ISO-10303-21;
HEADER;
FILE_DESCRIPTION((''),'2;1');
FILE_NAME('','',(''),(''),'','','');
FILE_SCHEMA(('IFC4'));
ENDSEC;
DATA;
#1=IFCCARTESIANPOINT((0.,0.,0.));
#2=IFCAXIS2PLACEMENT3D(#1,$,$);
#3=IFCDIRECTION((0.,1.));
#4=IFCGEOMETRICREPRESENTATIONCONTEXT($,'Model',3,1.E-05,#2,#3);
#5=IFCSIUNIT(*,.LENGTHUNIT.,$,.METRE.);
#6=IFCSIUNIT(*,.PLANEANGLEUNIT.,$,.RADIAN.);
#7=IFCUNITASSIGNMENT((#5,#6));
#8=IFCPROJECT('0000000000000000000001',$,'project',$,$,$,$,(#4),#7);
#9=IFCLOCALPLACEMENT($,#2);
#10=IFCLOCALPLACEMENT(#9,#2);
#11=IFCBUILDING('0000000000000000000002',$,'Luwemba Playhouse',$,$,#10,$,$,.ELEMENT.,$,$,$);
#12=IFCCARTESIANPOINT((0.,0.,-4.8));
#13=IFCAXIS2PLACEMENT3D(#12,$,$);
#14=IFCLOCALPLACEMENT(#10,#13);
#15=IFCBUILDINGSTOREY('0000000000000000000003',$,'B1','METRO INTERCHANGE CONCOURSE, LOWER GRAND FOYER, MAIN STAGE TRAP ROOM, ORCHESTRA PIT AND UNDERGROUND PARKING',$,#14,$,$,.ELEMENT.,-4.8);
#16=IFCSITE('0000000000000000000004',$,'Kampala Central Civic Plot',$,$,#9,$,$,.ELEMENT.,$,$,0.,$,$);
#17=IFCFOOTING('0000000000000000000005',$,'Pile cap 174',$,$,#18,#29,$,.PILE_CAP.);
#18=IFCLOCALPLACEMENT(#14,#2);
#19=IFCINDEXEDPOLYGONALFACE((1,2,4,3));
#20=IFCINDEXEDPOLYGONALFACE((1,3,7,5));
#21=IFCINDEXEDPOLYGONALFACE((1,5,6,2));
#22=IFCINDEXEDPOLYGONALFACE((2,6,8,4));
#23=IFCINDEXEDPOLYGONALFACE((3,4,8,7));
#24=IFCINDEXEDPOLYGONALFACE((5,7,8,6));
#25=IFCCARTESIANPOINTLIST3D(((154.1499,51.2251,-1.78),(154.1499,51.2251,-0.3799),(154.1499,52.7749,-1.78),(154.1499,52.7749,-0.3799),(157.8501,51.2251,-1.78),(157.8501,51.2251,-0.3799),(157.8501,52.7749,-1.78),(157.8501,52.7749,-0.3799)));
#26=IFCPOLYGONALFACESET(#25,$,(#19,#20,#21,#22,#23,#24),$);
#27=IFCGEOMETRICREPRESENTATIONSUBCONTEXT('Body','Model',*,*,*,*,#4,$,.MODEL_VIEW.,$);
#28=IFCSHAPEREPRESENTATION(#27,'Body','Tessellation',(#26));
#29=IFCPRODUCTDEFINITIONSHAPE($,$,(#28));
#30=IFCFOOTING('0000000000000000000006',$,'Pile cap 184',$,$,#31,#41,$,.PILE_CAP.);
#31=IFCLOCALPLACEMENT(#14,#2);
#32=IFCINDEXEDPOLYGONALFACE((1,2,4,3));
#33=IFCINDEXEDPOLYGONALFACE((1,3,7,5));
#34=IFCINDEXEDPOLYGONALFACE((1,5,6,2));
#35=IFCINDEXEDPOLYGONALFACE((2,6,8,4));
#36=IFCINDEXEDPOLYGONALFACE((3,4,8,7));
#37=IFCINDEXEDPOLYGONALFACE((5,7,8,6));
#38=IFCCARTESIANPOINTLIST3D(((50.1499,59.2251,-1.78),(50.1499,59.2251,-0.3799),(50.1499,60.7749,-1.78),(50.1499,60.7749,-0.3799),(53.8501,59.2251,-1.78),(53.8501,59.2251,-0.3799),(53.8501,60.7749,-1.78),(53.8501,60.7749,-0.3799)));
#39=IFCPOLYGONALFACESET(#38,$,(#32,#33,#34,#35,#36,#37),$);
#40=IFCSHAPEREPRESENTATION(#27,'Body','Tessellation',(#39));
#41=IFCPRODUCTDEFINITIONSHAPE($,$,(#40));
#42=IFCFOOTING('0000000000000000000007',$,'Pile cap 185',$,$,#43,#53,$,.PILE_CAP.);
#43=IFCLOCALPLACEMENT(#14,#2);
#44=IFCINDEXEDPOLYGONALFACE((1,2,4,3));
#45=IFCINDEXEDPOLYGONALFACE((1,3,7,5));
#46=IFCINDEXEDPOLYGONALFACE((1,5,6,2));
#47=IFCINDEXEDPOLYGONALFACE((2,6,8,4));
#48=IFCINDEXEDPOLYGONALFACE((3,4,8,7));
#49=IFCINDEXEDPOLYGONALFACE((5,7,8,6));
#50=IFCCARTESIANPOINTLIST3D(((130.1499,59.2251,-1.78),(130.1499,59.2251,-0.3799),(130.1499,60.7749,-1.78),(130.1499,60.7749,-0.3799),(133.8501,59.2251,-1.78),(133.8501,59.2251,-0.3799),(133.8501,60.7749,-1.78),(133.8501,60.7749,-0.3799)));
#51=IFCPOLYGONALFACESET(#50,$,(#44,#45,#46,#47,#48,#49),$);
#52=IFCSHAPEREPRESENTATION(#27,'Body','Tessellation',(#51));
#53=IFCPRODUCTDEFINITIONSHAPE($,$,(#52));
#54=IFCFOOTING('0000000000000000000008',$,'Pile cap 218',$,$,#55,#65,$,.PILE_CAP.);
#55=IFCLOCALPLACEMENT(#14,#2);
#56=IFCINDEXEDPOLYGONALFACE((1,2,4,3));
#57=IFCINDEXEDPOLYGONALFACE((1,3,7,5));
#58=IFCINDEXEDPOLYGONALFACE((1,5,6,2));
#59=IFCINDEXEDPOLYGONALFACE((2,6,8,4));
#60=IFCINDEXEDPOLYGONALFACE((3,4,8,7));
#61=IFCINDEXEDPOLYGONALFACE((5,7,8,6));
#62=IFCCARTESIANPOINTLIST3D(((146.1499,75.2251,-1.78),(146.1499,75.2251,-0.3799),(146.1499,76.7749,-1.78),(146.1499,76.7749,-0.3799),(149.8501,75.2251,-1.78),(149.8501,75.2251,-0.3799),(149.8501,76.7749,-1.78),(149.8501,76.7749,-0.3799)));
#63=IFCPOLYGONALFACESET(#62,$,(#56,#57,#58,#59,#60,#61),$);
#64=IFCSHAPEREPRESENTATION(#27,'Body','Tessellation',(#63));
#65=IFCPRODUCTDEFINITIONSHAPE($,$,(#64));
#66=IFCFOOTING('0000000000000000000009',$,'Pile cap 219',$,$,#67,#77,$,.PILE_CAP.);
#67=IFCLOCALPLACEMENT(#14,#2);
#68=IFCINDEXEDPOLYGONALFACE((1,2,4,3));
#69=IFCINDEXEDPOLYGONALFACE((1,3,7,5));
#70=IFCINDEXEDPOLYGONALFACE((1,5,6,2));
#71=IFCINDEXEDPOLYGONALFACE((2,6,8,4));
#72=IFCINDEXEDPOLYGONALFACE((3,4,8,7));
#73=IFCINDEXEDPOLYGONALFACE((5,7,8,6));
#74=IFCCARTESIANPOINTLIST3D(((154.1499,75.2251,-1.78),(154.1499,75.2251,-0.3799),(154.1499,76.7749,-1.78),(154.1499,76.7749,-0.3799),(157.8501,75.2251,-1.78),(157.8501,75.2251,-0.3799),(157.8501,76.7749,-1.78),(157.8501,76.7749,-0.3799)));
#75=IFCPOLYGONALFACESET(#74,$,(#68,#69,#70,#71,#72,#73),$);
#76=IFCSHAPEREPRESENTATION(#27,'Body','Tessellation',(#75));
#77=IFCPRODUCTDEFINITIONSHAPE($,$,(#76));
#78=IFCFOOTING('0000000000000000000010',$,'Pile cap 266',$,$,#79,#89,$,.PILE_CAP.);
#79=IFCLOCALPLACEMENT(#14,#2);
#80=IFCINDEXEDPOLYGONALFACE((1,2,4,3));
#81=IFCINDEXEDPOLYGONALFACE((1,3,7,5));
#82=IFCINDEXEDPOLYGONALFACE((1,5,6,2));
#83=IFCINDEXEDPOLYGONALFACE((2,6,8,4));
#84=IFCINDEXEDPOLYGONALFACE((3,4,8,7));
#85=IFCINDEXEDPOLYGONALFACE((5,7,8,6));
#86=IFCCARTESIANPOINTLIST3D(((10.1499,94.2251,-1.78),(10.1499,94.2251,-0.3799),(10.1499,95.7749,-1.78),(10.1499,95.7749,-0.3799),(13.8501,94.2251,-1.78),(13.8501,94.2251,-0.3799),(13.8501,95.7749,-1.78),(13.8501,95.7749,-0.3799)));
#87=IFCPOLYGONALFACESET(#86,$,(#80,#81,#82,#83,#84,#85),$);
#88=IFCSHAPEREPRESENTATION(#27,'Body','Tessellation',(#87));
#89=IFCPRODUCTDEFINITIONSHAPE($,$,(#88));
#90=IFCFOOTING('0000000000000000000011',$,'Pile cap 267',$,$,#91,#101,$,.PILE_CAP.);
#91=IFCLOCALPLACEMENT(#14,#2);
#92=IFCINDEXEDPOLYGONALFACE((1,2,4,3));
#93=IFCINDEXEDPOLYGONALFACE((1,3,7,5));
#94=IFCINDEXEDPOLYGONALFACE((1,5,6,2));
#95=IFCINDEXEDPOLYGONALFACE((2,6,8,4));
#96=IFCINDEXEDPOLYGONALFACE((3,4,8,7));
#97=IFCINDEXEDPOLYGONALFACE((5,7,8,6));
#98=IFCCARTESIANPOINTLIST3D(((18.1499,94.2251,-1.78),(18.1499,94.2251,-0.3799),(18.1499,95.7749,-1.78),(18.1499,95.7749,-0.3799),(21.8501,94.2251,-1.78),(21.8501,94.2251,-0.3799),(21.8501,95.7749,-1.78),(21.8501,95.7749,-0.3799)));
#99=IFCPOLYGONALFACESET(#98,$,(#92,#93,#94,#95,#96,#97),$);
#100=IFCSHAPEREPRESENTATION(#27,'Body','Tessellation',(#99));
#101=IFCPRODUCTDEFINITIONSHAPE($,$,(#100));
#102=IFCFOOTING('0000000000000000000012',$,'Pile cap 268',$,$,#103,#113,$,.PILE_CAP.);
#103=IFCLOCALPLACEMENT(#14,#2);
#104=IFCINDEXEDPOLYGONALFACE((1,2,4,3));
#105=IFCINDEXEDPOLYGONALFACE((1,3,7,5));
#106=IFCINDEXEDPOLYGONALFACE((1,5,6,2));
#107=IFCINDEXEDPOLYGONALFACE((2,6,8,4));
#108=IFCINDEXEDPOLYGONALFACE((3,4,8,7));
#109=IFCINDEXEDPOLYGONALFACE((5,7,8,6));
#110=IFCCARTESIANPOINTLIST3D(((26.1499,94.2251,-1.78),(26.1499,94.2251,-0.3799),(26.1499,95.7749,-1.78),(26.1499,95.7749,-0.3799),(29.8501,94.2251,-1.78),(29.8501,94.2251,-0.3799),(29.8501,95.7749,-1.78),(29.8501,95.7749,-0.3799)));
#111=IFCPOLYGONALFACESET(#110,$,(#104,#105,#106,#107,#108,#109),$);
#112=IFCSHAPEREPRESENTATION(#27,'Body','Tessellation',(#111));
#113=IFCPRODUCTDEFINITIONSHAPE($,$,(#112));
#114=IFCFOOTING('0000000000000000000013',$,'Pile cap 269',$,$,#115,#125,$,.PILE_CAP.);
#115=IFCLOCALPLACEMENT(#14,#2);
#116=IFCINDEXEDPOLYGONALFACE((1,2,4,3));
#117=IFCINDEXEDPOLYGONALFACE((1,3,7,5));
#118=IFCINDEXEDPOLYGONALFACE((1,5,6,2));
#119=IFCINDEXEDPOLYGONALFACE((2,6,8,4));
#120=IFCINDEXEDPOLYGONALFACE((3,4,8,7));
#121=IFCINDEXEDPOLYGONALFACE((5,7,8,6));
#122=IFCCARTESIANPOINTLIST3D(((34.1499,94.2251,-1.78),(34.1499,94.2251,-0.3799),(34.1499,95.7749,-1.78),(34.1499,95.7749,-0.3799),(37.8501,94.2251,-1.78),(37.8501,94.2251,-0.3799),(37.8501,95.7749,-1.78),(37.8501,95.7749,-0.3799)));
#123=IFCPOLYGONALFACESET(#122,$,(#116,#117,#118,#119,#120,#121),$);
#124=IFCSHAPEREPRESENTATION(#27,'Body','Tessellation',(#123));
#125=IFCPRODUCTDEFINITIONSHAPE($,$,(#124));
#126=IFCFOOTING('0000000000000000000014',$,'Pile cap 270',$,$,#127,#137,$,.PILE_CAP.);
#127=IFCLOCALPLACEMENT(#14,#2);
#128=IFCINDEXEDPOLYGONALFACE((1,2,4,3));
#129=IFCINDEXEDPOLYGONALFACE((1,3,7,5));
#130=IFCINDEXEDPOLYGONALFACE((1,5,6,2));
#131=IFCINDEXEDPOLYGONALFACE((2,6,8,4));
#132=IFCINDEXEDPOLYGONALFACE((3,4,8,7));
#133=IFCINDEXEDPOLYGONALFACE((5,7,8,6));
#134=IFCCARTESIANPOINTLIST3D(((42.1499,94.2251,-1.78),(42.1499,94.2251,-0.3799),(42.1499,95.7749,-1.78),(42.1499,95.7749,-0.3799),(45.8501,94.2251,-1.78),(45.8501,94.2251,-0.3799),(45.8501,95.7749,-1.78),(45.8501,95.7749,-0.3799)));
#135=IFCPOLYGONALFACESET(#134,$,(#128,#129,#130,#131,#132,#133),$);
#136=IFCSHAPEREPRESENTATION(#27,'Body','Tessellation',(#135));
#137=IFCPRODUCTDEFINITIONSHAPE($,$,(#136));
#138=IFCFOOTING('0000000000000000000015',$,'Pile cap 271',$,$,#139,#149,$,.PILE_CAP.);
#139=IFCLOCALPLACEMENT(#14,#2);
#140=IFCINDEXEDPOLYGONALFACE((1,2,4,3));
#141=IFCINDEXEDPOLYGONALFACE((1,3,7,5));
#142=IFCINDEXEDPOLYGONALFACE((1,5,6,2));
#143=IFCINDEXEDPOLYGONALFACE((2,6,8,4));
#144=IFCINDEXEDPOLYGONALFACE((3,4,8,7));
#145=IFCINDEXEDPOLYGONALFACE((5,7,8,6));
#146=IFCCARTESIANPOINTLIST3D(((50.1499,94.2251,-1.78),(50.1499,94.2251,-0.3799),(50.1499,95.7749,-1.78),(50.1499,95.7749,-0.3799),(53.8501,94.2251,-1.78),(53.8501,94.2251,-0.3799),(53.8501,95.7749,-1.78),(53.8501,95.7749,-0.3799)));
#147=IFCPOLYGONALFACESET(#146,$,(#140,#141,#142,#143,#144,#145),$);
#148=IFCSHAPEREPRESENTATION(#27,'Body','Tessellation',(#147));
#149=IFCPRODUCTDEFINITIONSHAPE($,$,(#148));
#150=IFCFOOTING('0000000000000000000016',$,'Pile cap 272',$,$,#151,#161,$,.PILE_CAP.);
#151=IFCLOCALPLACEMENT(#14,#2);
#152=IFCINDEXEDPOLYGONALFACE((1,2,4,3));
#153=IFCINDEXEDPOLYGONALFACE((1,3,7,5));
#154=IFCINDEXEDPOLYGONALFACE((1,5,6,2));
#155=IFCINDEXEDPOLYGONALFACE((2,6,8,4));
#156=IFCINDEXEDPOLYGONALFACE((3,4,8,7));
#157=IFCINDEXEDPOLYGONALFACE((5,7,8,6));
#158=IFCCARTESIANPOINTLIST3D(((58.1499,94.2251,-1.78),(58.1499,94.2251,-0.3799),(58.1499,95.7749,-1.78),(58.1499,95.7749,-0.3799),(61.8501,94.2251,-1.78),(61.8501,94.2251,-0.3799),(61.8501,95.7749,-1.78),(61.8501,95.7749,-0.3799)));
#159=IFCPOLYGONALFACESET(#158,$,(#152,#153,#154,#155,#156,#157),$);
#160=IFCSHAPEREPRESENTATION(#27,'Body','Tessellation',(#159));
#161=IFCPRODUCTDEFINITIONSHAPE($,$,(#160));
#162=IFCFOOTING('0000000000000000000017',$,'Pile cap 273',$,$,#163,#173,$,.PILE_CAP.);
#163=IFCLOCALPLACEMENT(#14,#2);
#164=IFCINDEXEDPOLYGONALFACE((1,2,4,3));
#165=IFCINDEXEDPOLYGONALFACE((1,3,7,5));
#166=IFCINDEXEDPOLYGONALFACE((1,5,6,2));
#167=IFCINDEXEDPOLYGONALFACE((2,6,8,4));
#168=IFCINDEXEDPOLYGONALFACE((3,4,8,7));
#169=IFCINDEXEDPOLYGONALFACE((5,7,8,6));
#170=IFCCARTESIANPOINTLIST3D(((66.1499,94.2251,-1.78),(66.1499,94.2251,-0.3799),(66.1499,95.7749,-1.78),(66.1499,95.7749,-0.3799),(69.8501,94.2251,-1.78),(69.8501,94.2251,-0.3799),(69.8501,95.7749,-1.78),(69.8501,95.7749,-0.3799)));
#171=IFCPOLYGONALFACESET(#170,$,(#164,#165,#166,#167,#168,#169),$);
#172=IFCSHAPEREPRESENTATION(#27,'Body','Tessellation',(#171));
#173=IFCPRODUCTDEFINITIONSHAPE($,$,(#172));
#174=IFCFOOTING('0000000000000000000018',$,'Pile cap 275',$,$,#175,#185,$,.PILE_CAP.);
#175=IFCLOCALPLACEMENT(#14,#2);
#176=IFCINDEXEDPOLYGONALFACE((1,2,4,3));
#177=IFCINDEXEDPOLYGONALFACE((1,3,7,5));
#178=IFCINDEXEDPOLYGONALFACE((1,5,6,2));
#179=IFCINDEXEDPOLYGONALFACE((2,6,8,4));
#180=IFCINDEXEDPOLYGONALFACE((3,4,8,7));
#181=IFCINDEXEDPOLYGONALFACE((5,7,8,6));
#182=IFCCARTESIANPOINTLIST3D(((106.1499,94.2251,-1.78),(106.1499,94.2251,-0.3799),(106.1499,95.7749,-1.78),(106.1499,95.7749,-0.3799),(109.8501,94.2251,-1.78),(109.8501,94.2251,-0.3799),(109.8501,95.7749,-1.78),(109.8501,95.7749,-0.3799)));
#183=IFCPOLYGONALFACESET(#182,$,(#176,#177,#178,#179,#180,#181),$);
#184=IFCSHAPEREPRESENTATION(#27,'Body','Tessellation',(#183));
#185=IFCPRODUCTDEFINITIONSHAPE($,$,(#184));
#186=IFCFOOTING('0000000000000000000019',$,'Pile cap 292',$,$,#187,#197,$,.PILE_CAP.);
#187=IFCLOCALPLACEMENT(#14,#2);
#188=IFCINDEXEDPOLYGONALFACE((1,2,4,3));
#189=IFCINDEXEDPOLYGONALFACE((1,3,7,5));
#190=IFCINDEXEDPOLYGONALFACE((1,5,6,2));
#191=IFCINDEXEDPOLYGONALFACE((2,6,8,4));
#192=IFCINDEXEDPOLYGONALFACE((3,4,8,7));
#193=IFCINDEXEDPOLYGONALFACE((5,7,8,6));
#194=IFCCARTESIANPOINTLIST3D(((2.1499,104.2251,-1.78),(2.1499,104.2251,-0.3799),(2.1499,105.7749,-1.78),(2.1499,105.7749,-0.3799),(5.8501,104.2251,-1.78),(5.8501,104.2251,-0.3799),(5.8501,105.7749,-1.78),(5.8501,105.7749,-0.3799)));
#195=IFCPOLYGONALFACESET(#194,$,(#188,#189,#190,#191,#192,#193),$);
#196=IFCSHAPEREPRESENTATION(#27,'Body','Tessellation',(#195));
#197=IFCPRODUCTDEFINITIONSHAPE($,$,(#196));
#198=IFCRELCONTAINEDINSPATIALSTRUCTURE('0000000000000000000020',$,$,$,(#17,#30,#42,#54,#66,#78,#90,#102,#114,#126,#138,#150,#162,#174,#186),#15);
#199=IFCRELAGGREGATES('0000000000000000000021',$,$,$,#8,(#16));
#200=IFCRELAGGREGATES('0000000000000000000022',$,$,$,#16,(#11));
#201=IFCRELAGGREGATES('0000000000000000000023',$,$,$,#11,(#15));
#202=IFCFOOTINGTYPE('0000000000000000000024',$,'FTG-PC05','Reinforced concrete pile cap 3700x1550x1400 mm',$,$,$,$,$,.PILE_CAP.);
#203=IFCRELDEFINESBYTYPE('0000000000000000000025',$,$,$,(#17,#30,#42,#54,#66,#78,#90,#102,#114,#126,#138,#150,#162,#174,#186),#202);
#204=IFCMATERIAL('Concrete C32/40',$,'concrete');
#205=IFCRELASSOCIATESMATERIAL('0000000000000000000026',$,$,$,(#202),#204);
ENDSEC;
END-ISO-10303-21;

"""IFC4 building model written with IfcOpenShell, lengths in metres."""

from ifc_helpers import new_model, si_unit, direction, frame, origin, place, context, subcontext, project, spatial, polyline, outline, extrude, material, type_object, element, save


model = new_model("IFC4")

# Units and contexts
model_context = context("Model", 3, precision=1e-05, world=origin(), true_north=direction((0.0, 1.0)))
body_context = subcontext(model_context, "Body", "Model", "MODEL_VIEW")
ifc_project = project(units=[si_unit("LENGTHUNIT", "METRE"), si_unit("PLANEANGLEUNIT", "RADIAN")], contexts=[model_context])

# Site, building, storey
site_placement = place(None, origin())
site = spatial("IfcSite", under=ifc_project, at=site_placement, Name="Kampala Central Civic Plot", CompositionType="ELEMENT", RefElevation=0.0)
building_placement = place(site_placement, origin())
building = spatial("IfcBuilding", under=site, at=building_placement, Name="Luwemba Playhouse", CompositionType="ELEMENT")
storey_placement = place(building_placement, frame((0.0, 0.0, -4.8)))
storey = spatial("IfcBuildingStorey", under=building, at=storey_placement, Name="B1", Description="METRO INTERCHANGE CONCOURSE, LOWER GRAND FOYER, MAIN STAGE TRAP ROOM, ORCHESTRA PIT AND UNDERGROUND PARKING", CompositionType="ELEMENT", Elevation=-4.8)

# Footings
ifc_material = material(Name="Concrete C32/40", Category="concrete")
footing_type_1 = type_object("IfcFootingType", Name="FTG-PC05", Description="Reinforced concrete pile cap 3700x1550x1400 mm", PredefinedType="PILE_CAP", material=ifc_material)
footing_1_placement = place(storey_placement, frame((0.0, 0.0, -1.78)))
element("IfcFooting", 1, at=footing_1_placement, inside=storey, type_object=footing_type_1, Name="Pile cap 174", PredefinedType="PILE_CAP", context=body_context, shape_type="SweptSolid", body=[
    extrude(outline(polyline([(154.1499, 51.2251), (157.8501, 51.2251), (157.8501, 52.7749), (154.1499, 52.7749), (154.1499, 51.2251)])), origin(), (0.0, 0.0, 1.0), 1.4001),
])
footing_2_placement = place(storey_placement, frame((0.0, 0.0, -1.78)))
element("IfcFooting", 2, at=footing_2_placement, inside=storey, type_object=footing_type_1, Name="Pile cap 184", PredefinedType="PILE_CAP", context=body_context, shape_type="SweptSolid", body=[
    extrude(outline(polyline([(50.1499, 59.2251), (53.8501, 59.2251), (53.8501, 60.7749), (50.1499, 60.7749), (50.1499, 59.2251)])), origin(), (0.0, 0.0, 1.0), 1.4001),
])
footing_3_placement = place(storey_placement, frame((0.0, 0.0, -1.78)))
element("IfcFooting", 3, at=footing_3_placement, inside=storey, type_object=footing_type_1, Name="Pile cap 185", PredefinedType="PILE_CAP", context=body_context, shape_type="SweptSolid", body=[
    extrude(outline(polyline([(130.1499, 59.2251), (133.8501, 59.2251), (133.8501, 60.7749), (130.1499, 60.7749), (130.1499, 59.2251)])), origin(), (0.0, 0.0, 1.0), 1.4001),
])
footing_4_placement = place(storey_placement, frame((0.0, 0.0, -1.78)))
element("IfcFooting", 4, at=footing_4_placement, inside=storey, type_object=footing_type_1, Name="Pile cap 218", PredefinedType="PILE_CAP", context=body_context, shape_type="SweptSolid", body=[
    extrude(outline(polyline([(146.1499, 75.2251), (149.8501, 75.2251), (149.8501, 76.7749), (146.1499, 76.7749), (146.1499, 75.2251)])), origin(), (0.0, 0.0, 1.0), 1.4001),
])
footing_5_placement = place(storey_placement, frame((0.0, 0.0, -1.78)))
element("IfcFooting", 5, at=footing_5_placement, inside=storey, type_object=footing_type_1, Name="Pile cap 219", PredefinedType="PILE_CAP", context=body_context, shape_type="SweptSolid", body=[
    extrude(outline(polyline([(154.1499, 75.2251), (157.8501, 75.2251), (157.8501, 76.7749), (154.1499, 76.7749), (154.1499, 75.2251)])), origin(), (0.0, 0.0, 1.0), 1.4001),
])
footing_6_placement = place(storey_placement, frame((0.0, 0.0, -1.78)))
element("IfcFooting", 6, at=footing_6_placement, inside=storey, type_object=footing_type_1, Name="Pile cap 266", PredefinedType="PILE_CAP", context=body_context, shape_type="SweptSolid", body=[
    extrude(outline(polyline([(10.1499, 94.2251), (13.8501, 94.2251), (13.8501, 95.7749), (10.1499, 95.7749), (10.1499, 94.2251)])), origin(), (0.0, 0.0, 1.0), 1.4001),
])
footing_7_placement = place(storey_placement, frame((0.0, 0.0, -1.78)))
element("IfcFooting", 7, at=footing_7_placement, inside=storey, type_object=footing_type_1, Name="Pile cap 267", PredefinedType="PILE_CAP", context=body_context, shape_type="SweptSolid", body=[
    extrude(outline(polyline([(18.1499, 94.2251), (21.8501, 94.2251), (21.8501, 95.7749), (18.1499, 95.7749), (18.1499, 94.2251)])), origin(), (0.0, 0.0, 1.0), 1.4001),
])
footing_8_placement = place(storey_placement, frame((0.0, 0.0, -1.78)))
element("IfcFooting", 8, at=footing_8_placement, inside=storey, type_object=footing_type_1, Name="Pile cap 268", PredefinedType="PILE_CAP", context=body_context, shape_type="SweptSolid", body=[
    extrude(outline(polyline([(26.1499, 94.2251), (29.8501, 94.2251), (29.8501, 95.7749), (26.1499, 95.7749), (26.1499, 94.2251)])), origin(), (0.0, 0.0, 1.0), 1.4001),
])
footing_9_placement = place(storey_placement, frame((0.0, 0.0, -1.78)))
element("IfcFooting", 9, at=footing_9_placement, inside=storey, type_object=footing_type_1, Name="Pile cap 269", PredefinedType="PILE_CAP", context=body_context, shape_type="SweptSolid", body=[
    extrude(outline(polyline([(34.1499, 94.2251), (37.8501, 94.2251), (37.8501, 95.7749), (34.1499, 95.7749), (34.1499, 94.2251)])), origin(), (0.0, 0.0, 1.0), 1.4001),
])
footing_10_placement = place(storey_placement, frame((0.0, 0.0, -1.78)))
element("IfcFooting", 10, at=footing_10_placement, inside=storey, type_object=footing_type_1, Name="Pile cap 270", PredefinedType="PILE_CAP", context=body_context, shape_type="SweptSolid", body=[
    extrude(outline(polyline([(42.1499, 94.2251), (45.8501, 94.2251), (45.8501, 95.7749), (42.1499, 95.7749), (42.1499, 94.2251)])), origin(), (0.0, 0.0, 1.0), 1.4001),
])
footing_11_placement = place(storey_placement, frame((0.0, 0.0, -1.78)))
element("IfcFooting", 11, at=footing_11_placement, inside=storey, type_object=footing_type_1, Name="Pile cap 271", PredefinedType="PILE_CAP", context=body_context, shape_type="SweptSolid", body=[
    extrude(outline(polyline([(50.1499, 94.2251), (53.8501, 94.2251), (53.8501, 95.7749), (50.1499, 95.7749), (50.1499, 94.2251)])), origin(), (0.0, 0.0, 1.0), 1.4001),
])
footing_12_placement = place(storey_placement, frame((0.0, 0.0, -1.78)))
element("IfcFooting", 12, at=footing_12_placement, inside=storey, type_object=footing_type_1, Name="Pile cap 272", PredefinedType="PILE_CAP", context=body_context, shape_type="SweptSolid", body=[
    extrude(outline(polyline([(58.1499, 94.2251), (61.8501, 94.2251), (61.8501, 95.7749), (58.1499, 95.7749), (58.1499, 94.2251)])), origin(), (0.0, 0.0, 1.0), 1.4001),
])
footing_13_placement = place(storey_placement, frame((0.0, 0.0, -1.78)))
element("IfcFooting", 13, at=footing_13_placement, inside=storey, type_object=footing_type_1, Name="Pile cap 273", PredefinedType="PILE_CAP", context=body_context, shape_type="SweptSolid", body=[
    extrude(outline(polyline([(66.1499, 94.2251), (69.8501, 94.2251), (69.8501, 95.7749), (66.1499, 95.7749), (66.1499, 94.2251)])), origin(), (0.0, 0.0, 1.0), 1.4001),
])
footing_14_placement = place(storey_placement, frame((0.0, 0.0, -1.78)))
element("IfcFooting", 14, at=footing_14_placement, inside=storey, type_object=footing_type_1, Name="Pile cap 275", PredefinedType="PILE_CAP", context=body_context, shape_type="SweptSolid", body=[
    extrude(outline(polyline([(106.1499, 94.2251), (109.8501, 94.2251), (109.8501, 95.7749), (106.1499, 95.7749), (106.1499, 94.2251)])), origin(), (0.0, 0.0, 1.0), 1.4001),
])
footing_15_placement = place(storey_placement, frame((0.0, 0.0, -1.78)))
element("IfcFooting", 15, at=footing_15_placement, inside=storey, type_object=footing_type_1, Name="Pile cap 292", PredefinedType="PILE_CAP", context=body_context, shape_type="SweptSolid", body=[
    extrude(outline(polyline([(2.1499, 104.2251), (5.8501, 104.2251), (5.8501, 105.7749), (2.1499, 105.7749), (2.1499, 104.2251)])), origin(), (0.0, 0.0, 1.0), 1.4001),
])

save(model, "model.ifc")
